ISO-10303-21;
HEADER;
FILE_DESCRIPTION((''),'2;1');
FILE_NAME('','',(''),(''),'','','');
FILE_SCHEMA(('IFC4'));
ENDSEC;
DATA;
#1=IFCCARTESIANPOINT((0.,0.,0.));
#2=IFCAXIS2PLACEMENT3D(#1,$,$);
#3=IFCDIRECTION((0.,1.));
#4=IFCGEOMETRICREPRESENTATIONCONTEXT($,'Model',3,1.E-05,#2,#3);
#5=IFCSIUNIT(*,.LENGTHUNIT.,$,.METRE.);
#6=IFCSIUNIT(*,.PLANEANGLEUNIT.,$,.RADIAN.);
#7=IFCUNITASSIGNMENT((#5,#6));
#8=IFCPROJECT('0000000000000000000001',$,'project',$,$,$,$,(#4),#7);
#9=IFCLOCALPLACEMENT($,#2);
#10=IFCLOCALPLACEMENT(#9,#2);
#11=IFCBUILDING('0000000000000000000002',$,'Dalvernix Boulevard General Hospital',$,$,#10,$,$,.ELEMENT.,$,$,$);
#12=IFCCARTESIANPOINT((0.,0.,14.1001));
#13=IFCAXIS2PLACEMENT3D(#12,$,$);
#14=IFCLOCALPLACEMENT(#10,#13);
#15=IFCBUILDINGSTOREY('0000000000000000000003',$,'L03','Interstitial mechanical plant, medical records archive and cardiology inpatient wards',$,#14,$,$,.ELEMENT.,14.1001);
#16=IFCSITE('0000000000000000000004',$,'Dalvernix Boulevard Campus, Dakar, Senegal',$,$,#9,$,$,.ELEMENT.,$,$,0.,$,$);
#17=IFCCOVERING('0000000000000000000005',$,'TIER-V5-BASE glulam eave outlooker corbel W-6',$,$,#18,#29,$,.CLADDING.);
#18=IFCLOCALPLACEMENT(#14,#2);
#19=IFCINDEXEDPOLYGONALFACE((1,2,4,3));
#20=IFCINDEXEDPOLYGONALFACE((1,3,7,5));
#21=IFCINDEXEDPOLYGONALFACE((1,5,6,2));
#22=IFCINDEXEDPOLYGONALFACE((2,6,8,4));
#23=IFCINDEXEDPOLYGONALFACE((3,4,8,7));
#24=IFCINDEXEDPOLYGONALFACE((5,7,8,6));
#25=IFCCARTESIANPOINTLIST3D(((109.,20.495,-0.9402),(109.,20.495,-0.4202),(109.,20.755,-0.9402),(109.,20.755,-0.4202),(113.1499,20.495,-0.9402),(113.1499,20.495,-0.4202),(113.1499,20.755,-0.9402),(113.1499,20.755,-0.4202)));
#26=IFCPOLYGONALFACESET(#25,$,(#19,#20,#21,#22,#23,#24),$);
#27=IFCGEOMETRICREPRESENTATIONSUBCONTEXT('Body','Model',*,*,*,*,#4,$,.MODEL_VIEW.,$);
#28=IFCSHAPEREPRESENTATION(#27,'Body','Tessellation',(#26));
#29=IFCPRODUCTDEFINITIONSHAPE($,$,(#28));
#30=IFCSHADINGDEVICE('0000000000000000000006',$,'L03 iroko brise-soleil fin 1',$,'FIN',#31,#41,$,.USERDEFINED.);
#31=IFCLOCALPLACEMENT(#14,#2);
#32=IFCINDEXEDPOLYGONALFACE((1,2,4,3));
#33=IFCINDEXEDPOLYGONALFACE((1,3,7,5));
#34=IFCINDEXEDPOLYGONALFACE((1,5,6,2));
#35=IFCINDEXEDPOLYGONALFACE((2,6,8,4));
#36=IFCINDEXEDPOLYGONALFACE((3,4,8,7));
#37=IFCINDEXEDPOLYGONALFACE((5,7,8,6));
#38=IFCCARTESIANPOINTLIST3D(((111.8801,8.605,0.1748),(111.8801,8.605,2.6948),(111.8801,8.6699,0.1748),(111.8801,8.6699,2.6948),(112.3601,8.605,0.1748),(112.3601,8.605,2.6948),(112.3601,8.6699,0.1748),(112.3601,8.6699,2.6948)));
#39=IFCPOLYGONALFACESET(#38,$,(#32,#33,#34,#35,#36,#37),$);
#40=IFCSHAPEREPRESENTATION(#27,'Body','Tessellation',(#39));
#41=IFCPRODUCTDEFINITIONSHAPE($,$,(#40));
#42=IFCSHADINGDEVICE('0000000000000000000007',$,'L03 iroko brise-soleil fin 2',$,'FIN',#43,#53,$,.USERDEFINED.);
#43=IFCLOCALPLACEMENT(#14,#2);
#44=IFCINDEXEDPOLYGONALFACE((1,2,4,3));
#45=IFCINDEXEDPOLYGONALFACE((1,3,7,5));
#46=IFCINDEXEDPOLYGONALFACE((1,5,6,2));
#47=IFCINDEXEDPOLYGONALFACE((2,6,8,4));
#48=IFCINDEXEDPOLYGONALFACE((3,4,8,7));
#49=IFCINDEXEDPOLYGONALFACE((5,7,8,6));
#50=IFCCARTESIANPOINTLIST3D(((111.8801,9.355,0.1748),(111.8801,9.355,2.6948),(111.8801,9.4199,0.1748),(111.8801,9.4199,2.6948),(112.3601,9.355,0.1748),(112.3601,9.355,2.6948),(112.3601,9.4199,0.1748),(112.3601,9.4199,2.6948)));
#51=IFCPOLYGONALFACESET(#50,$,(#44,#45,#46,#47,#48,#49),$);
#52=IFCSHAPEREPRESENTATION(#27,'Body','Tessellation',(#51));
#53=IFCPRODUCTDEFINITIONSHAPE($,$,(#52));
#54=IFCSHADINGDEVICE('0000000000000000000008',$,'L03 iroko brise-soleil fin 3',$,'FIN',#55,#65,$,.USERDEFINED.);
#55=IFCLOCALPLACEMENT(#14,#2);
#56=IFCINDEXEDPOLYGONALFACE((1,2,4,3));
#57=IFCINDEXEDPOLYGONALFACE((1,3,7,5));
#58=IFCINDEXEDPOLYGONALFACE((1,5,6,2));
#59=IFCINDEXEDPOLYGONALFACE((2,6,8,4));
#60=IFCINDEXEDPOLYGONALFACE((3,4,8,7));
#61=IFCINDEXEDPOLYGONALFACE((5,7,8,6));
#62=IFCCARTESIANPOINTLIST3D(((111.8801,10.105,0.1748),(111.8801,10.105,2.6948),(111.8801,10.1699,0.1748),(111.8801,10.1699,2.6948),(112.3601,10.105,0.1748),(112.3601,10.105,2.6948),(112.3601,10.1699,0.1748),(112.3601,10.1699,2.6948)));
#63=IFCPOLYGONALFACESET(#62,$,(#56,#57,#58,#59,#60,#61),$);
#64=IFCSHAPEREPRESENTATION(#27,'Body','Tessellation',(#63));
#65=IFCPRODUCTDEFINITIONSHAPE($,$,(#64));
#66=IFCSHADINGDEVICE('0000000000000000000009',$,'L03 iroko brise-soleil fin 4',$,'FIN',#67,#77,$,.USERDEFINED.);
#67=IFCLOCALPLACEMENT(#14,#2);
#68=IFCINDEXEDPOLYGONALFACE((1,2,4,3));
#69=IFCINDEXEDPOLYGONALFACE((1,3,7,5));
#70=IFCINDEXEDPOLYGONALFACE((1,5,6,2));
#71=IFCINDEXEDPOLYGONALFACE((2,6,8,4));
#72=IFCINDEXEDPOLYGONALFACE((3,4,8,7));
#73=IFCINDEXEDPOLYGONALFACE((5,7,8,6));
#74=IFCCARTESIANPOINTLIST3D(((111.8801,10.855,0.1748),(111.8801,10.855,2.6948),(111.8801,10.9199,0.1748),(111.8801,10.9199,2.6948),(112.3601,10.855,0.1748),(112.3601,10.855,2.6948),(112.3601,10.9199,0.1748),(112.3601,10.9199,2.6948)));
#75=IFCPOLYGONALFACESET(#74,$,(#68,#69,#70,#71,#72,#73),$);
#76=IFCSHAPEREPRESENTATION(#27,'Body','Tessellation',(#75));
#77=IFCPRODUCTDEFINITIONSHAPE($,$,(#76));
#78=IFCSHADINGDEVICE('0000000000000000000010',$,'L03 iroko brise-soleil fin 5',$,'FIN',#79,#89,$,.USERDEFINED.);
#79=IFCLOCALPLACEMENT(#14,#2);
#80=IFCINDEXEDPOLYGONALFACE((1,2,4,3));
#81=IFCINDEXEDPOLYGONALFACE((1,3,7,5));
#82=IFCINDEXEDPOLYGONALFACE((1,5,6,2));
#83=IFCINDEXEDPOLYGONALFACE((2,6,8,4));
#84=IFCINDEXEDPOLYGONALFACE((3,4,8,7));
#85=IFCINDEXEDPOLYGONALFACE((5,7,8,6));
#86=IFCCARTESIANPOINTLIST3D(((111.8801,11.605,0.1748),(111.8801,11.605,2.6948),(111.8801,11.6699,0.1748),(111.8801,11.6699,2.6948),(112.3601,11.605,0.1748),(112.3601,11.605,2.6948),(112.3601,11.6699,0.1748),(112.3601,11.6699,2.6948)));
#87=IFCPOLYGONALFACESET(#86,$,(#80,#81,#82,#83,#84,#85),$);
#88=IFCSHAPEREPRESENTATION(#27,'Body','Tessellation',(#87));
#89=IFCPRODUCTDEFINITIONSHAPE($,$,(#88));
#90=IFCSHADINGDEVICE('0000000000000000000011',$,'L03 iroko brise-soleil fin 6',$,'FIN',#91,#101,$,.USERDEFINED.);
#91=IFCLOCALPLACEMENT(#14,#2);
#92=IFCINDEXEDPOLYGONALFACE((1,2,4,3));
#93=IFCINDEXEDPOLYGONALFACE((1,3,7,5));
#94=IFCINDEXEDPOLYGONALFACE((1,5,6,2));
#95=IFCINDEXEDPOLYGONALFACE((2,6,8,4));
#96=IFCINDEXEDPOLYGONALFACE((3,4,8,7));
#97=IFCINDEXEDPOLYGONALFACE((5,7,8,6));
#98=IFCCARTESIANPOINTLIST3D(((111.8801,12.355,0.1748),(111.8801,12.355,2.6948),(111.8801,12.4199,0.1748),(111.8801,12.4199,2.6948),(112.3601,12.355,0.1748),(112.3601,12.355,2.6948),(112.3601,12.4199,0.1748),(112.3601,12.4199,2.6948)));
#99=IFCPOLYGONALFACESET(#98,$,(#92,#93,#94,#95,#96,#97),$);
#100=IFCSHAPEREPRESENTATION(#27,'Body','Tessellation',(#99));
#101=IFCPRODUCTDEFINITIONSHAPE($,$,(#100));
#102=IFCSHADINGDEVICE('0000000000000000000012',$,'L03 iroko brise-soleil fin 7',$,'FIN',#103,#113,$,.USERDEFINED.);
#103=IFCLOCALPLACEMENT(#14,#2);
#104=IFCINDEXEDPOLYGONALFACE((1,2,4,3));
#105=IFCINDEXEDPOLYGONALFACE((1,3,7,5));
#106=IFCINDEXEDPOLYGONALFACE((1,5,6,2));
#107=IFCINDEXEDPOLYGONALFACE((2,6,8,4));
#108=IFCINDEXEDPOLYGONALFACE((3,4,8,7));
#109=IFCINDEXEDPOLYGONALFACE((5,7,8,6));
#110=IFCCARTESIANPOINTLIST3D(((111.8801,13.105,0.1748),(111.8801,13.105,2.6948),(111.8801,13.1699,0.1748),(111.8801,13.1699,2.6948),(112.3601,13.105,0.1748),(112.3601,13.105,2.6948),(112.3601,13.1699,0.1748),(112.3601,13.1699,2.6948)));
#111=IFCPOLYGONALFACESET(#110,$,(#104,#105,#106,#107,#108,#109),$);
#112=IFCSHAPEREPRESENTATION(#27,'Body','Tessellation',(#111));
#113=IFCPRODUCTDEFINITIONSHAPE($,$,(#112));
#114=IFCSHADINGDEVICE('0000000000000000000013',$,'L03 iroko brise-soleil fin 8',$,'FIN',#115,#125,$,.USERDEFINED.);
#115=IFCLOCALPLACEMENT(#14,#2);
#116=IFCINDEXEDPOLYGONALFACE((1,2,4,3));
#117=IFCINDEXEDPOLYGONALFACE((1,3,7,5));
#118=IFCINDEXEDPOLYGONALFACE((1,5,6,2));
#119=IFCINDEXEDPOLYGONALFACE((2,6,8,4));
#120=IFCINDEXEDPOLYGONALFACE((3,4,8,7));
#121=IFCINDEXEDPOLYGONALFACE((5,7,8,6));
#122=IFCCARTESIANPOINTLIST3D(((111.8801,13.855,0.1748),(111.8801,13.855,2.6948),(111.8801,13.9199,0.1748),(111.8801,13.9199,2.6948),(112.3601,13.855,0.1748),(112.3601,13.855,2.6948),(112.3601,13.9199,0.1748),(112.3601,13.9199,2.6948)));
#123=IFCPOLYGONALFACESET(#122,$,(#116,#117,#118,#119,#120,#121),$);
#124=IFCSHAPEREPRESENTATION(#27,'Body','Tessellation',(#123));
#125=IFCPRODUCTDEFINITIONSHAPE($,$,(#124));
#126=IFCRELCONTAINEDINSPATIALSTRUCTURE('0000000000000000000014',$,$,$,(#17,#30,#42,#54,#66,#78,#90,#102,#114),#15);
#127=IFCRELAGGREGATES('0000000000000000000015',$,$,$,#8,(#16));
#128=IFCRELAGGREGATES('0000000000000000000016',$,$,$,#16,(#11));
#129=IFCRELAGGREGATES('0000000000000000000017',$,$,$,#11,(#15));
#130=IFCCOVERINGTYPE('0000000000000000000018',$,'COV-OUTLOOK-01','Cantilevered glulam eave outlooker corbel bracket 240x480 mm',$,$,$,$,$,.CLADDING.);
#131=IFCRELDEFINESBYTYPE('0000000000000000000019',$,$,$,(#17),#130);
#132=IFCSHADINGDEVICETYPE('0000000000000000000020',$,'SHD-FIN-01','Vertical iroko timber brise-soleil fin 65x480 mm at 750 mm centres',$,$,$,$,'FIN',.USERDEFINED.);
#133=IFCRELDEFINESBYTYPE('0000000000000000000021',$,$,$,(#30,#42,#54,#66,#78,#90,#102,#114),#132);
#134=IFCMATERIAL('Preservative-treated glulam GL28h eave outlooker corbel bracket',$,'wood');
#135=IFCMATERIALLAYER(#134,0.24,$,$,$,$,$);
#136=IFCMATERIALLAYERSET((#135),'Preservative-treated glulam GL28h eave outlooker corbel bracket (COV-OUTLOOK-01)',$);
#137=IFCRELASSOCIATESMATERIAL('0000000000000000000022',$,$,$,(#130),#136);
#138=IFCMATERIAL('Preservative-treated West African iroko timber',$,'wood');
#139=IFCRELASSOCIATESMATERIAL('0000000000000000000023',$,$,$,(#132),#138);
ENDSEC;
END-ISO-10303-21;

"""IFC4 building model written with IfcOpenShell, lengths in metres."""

from ifc_helpers import new_model, si_unit, direction, frame, origin, origin_2d, place, context, subcontext, project, spatial, rectangle, extrude, material, layer, layer_set, type_object, element, save


model = new_model("IFC4")

# Units and contexts
model_context = context("Model", 3, precision=1e-05, world=origin(), true_north=direction((0.0, 1.0)))
body_context = subcontext(model_context, "Body", "Model", "MODEL_VIEW")
ifc_project = project(units=[si_unit("LENGTHUNIT", "METRE"), si_unit("PLANEANGLEUNIT", "RADIAN")], contexts=[model_context])

# Site, building, storey
site_placement = place(None, origin())
site = spatial("IfcSite", under=ifc_project, at=site_placement, Name="Dalvernix Boulevard Campus, Dakar, Senegal", CompositionType="ELEMENT", RefElevation=0.0)
building_placement = place(site_placement, origin())
building = spatial("IfcBuilding", under=site, at=building_placement, Name="Dalvernix Boulevard General Hospital", CompositionType="ELEMENT")
storey_placement = place(building_placement, frame((0.0, 0.0, 14.1001)))
storey = spatial("IfcBuildingStorey", under=building, at=storey_placement, Name="L03", Description="Interstitial mechanical plant, medical records archive and cardiology inpatient wards", CompositionType="ELEMENT", Elevation=14.1001)

# Covering
ifc_material_1 = material(Name="Preservative-treated glulam GL28h eave outlooker corbel bracket", Category="wood")
ifc_layer_1 = layer(ifc_material_1, 0.24)
ifc_layer_set_1 = layer_set([ifc_layer_1], Name="Preservative-treated glulam GL28h eave outlooker corbel bracket (COV-OUTLOOK-01)")
covering_type_1 = type_object("IfcCoveringType", Name="COV-OUTLOOK-01", Description="Cantilevered glulam eave outlooker corbel bracket 240x480 mm", PredefinedType="CLADDING", material=ifc_layer_set_1)
for number, where, z_axis, x_axis, name in (
    (1, (111.075, 20.625, -0.9402), (0.0, 0.0, 1.0), (1.0, 0.0, 0.0), "TIER-V5-BASE glulam eave outlooker corbel W-6"),
):
    element("IfcCovering", number, at=place(storey_placement, frame(where, z_axis=z_axis, x_axis=x_axis)), inside=storey, type_object=covering_type_1, Name=name, PredefinedType="CLADDING", context=body_context, shape_type="SweptSolid", body=[
        extrude(rectangle(XDim=4.1499, YDim=0.26, at=origin_2d()), origin(), (0.0, 0.0, 1.0), 0.52),
    ])

# Shading devices
ifc_material_2 = material(Name="Preservative-treated West African iroko timber", Category="wood")
shading_device_type = type_object("IfcShadingDeviceType", Name="SHD-FIN-01", Description="Vertical iroko timber brise-soleil fin 65x480 mm at 750 mm centres", ElementType="FIN", PredefinedType="USERDEFINED", material=ifc_material_2)
for number, where, z_axis, x_axis, name in (
    (2, (112.1201, 8.6375, 0.1748), (0.0, 0.0, 1.0), (0.0, 1.0, 0.0), "L03 iroko brise-soleil fin 1"),
    (3, (112.1201, 9.3875, 0.1748), (0.0, 0.0, 1.0), (0.0, 1.0, 0.0), "L03 iroko brise-soleil fin 2"),
    (4, (112.1201, 10.1375, 0.1748), (0.0, 0.0, 1.0), (0.0, 1.0, 0.0), "L03 iroko brise-soleil fin 3"),
    (5, (112.1201, 10.8875, 0.1748), (0.0, 0.0, 1.0), (0.0, 1.0, 0.0), "L03 iroko brise-soleil fin 4"),
    (6, (112.1201, 11.6375, 0.1748), (0.0, 0.0, 1.0), (0.0, 1.0, 0.0), "L03 iroko brise-soleil fin 5"),
    (7, (112.1201, 12.3875, 0.1748), (0.0, 0.0, 1.0), (0.0, 1.0, 0.0), "L03 iroko brise-soleil fin 6"),
    (8, (112.1201, 13.1375, 0.1748), (0.0, 0.0, 1.0), (0.0, 1.0, 0.0), "L03 iroko brise-soleil fin 7"),
    (9, (112.1201, 13.8875, 0.1748), (0.0, 0.0, 1.0), (0.0, 1.0, 0.0), "L03 iroko brise-soleil fin 8"),
):
    element("IfcShadingDevice", number, at=place(storey_placement, frame(where, z_axis=z_axis, x_axis=x_axis)), inside=storey, type_object=shading_device_type, Name=name, ObjectType="FIN", PredefinedType="USERDEFINED", context=body_context, shape_type="SweptSolid", body=[
        extrude(rectangle(XDim=0.0649, YDim=0.48, at=origin_2d()), origin(), (0.0, 0.0, 1.0), 2.52),
    ])

save(model, "model.ifc")
